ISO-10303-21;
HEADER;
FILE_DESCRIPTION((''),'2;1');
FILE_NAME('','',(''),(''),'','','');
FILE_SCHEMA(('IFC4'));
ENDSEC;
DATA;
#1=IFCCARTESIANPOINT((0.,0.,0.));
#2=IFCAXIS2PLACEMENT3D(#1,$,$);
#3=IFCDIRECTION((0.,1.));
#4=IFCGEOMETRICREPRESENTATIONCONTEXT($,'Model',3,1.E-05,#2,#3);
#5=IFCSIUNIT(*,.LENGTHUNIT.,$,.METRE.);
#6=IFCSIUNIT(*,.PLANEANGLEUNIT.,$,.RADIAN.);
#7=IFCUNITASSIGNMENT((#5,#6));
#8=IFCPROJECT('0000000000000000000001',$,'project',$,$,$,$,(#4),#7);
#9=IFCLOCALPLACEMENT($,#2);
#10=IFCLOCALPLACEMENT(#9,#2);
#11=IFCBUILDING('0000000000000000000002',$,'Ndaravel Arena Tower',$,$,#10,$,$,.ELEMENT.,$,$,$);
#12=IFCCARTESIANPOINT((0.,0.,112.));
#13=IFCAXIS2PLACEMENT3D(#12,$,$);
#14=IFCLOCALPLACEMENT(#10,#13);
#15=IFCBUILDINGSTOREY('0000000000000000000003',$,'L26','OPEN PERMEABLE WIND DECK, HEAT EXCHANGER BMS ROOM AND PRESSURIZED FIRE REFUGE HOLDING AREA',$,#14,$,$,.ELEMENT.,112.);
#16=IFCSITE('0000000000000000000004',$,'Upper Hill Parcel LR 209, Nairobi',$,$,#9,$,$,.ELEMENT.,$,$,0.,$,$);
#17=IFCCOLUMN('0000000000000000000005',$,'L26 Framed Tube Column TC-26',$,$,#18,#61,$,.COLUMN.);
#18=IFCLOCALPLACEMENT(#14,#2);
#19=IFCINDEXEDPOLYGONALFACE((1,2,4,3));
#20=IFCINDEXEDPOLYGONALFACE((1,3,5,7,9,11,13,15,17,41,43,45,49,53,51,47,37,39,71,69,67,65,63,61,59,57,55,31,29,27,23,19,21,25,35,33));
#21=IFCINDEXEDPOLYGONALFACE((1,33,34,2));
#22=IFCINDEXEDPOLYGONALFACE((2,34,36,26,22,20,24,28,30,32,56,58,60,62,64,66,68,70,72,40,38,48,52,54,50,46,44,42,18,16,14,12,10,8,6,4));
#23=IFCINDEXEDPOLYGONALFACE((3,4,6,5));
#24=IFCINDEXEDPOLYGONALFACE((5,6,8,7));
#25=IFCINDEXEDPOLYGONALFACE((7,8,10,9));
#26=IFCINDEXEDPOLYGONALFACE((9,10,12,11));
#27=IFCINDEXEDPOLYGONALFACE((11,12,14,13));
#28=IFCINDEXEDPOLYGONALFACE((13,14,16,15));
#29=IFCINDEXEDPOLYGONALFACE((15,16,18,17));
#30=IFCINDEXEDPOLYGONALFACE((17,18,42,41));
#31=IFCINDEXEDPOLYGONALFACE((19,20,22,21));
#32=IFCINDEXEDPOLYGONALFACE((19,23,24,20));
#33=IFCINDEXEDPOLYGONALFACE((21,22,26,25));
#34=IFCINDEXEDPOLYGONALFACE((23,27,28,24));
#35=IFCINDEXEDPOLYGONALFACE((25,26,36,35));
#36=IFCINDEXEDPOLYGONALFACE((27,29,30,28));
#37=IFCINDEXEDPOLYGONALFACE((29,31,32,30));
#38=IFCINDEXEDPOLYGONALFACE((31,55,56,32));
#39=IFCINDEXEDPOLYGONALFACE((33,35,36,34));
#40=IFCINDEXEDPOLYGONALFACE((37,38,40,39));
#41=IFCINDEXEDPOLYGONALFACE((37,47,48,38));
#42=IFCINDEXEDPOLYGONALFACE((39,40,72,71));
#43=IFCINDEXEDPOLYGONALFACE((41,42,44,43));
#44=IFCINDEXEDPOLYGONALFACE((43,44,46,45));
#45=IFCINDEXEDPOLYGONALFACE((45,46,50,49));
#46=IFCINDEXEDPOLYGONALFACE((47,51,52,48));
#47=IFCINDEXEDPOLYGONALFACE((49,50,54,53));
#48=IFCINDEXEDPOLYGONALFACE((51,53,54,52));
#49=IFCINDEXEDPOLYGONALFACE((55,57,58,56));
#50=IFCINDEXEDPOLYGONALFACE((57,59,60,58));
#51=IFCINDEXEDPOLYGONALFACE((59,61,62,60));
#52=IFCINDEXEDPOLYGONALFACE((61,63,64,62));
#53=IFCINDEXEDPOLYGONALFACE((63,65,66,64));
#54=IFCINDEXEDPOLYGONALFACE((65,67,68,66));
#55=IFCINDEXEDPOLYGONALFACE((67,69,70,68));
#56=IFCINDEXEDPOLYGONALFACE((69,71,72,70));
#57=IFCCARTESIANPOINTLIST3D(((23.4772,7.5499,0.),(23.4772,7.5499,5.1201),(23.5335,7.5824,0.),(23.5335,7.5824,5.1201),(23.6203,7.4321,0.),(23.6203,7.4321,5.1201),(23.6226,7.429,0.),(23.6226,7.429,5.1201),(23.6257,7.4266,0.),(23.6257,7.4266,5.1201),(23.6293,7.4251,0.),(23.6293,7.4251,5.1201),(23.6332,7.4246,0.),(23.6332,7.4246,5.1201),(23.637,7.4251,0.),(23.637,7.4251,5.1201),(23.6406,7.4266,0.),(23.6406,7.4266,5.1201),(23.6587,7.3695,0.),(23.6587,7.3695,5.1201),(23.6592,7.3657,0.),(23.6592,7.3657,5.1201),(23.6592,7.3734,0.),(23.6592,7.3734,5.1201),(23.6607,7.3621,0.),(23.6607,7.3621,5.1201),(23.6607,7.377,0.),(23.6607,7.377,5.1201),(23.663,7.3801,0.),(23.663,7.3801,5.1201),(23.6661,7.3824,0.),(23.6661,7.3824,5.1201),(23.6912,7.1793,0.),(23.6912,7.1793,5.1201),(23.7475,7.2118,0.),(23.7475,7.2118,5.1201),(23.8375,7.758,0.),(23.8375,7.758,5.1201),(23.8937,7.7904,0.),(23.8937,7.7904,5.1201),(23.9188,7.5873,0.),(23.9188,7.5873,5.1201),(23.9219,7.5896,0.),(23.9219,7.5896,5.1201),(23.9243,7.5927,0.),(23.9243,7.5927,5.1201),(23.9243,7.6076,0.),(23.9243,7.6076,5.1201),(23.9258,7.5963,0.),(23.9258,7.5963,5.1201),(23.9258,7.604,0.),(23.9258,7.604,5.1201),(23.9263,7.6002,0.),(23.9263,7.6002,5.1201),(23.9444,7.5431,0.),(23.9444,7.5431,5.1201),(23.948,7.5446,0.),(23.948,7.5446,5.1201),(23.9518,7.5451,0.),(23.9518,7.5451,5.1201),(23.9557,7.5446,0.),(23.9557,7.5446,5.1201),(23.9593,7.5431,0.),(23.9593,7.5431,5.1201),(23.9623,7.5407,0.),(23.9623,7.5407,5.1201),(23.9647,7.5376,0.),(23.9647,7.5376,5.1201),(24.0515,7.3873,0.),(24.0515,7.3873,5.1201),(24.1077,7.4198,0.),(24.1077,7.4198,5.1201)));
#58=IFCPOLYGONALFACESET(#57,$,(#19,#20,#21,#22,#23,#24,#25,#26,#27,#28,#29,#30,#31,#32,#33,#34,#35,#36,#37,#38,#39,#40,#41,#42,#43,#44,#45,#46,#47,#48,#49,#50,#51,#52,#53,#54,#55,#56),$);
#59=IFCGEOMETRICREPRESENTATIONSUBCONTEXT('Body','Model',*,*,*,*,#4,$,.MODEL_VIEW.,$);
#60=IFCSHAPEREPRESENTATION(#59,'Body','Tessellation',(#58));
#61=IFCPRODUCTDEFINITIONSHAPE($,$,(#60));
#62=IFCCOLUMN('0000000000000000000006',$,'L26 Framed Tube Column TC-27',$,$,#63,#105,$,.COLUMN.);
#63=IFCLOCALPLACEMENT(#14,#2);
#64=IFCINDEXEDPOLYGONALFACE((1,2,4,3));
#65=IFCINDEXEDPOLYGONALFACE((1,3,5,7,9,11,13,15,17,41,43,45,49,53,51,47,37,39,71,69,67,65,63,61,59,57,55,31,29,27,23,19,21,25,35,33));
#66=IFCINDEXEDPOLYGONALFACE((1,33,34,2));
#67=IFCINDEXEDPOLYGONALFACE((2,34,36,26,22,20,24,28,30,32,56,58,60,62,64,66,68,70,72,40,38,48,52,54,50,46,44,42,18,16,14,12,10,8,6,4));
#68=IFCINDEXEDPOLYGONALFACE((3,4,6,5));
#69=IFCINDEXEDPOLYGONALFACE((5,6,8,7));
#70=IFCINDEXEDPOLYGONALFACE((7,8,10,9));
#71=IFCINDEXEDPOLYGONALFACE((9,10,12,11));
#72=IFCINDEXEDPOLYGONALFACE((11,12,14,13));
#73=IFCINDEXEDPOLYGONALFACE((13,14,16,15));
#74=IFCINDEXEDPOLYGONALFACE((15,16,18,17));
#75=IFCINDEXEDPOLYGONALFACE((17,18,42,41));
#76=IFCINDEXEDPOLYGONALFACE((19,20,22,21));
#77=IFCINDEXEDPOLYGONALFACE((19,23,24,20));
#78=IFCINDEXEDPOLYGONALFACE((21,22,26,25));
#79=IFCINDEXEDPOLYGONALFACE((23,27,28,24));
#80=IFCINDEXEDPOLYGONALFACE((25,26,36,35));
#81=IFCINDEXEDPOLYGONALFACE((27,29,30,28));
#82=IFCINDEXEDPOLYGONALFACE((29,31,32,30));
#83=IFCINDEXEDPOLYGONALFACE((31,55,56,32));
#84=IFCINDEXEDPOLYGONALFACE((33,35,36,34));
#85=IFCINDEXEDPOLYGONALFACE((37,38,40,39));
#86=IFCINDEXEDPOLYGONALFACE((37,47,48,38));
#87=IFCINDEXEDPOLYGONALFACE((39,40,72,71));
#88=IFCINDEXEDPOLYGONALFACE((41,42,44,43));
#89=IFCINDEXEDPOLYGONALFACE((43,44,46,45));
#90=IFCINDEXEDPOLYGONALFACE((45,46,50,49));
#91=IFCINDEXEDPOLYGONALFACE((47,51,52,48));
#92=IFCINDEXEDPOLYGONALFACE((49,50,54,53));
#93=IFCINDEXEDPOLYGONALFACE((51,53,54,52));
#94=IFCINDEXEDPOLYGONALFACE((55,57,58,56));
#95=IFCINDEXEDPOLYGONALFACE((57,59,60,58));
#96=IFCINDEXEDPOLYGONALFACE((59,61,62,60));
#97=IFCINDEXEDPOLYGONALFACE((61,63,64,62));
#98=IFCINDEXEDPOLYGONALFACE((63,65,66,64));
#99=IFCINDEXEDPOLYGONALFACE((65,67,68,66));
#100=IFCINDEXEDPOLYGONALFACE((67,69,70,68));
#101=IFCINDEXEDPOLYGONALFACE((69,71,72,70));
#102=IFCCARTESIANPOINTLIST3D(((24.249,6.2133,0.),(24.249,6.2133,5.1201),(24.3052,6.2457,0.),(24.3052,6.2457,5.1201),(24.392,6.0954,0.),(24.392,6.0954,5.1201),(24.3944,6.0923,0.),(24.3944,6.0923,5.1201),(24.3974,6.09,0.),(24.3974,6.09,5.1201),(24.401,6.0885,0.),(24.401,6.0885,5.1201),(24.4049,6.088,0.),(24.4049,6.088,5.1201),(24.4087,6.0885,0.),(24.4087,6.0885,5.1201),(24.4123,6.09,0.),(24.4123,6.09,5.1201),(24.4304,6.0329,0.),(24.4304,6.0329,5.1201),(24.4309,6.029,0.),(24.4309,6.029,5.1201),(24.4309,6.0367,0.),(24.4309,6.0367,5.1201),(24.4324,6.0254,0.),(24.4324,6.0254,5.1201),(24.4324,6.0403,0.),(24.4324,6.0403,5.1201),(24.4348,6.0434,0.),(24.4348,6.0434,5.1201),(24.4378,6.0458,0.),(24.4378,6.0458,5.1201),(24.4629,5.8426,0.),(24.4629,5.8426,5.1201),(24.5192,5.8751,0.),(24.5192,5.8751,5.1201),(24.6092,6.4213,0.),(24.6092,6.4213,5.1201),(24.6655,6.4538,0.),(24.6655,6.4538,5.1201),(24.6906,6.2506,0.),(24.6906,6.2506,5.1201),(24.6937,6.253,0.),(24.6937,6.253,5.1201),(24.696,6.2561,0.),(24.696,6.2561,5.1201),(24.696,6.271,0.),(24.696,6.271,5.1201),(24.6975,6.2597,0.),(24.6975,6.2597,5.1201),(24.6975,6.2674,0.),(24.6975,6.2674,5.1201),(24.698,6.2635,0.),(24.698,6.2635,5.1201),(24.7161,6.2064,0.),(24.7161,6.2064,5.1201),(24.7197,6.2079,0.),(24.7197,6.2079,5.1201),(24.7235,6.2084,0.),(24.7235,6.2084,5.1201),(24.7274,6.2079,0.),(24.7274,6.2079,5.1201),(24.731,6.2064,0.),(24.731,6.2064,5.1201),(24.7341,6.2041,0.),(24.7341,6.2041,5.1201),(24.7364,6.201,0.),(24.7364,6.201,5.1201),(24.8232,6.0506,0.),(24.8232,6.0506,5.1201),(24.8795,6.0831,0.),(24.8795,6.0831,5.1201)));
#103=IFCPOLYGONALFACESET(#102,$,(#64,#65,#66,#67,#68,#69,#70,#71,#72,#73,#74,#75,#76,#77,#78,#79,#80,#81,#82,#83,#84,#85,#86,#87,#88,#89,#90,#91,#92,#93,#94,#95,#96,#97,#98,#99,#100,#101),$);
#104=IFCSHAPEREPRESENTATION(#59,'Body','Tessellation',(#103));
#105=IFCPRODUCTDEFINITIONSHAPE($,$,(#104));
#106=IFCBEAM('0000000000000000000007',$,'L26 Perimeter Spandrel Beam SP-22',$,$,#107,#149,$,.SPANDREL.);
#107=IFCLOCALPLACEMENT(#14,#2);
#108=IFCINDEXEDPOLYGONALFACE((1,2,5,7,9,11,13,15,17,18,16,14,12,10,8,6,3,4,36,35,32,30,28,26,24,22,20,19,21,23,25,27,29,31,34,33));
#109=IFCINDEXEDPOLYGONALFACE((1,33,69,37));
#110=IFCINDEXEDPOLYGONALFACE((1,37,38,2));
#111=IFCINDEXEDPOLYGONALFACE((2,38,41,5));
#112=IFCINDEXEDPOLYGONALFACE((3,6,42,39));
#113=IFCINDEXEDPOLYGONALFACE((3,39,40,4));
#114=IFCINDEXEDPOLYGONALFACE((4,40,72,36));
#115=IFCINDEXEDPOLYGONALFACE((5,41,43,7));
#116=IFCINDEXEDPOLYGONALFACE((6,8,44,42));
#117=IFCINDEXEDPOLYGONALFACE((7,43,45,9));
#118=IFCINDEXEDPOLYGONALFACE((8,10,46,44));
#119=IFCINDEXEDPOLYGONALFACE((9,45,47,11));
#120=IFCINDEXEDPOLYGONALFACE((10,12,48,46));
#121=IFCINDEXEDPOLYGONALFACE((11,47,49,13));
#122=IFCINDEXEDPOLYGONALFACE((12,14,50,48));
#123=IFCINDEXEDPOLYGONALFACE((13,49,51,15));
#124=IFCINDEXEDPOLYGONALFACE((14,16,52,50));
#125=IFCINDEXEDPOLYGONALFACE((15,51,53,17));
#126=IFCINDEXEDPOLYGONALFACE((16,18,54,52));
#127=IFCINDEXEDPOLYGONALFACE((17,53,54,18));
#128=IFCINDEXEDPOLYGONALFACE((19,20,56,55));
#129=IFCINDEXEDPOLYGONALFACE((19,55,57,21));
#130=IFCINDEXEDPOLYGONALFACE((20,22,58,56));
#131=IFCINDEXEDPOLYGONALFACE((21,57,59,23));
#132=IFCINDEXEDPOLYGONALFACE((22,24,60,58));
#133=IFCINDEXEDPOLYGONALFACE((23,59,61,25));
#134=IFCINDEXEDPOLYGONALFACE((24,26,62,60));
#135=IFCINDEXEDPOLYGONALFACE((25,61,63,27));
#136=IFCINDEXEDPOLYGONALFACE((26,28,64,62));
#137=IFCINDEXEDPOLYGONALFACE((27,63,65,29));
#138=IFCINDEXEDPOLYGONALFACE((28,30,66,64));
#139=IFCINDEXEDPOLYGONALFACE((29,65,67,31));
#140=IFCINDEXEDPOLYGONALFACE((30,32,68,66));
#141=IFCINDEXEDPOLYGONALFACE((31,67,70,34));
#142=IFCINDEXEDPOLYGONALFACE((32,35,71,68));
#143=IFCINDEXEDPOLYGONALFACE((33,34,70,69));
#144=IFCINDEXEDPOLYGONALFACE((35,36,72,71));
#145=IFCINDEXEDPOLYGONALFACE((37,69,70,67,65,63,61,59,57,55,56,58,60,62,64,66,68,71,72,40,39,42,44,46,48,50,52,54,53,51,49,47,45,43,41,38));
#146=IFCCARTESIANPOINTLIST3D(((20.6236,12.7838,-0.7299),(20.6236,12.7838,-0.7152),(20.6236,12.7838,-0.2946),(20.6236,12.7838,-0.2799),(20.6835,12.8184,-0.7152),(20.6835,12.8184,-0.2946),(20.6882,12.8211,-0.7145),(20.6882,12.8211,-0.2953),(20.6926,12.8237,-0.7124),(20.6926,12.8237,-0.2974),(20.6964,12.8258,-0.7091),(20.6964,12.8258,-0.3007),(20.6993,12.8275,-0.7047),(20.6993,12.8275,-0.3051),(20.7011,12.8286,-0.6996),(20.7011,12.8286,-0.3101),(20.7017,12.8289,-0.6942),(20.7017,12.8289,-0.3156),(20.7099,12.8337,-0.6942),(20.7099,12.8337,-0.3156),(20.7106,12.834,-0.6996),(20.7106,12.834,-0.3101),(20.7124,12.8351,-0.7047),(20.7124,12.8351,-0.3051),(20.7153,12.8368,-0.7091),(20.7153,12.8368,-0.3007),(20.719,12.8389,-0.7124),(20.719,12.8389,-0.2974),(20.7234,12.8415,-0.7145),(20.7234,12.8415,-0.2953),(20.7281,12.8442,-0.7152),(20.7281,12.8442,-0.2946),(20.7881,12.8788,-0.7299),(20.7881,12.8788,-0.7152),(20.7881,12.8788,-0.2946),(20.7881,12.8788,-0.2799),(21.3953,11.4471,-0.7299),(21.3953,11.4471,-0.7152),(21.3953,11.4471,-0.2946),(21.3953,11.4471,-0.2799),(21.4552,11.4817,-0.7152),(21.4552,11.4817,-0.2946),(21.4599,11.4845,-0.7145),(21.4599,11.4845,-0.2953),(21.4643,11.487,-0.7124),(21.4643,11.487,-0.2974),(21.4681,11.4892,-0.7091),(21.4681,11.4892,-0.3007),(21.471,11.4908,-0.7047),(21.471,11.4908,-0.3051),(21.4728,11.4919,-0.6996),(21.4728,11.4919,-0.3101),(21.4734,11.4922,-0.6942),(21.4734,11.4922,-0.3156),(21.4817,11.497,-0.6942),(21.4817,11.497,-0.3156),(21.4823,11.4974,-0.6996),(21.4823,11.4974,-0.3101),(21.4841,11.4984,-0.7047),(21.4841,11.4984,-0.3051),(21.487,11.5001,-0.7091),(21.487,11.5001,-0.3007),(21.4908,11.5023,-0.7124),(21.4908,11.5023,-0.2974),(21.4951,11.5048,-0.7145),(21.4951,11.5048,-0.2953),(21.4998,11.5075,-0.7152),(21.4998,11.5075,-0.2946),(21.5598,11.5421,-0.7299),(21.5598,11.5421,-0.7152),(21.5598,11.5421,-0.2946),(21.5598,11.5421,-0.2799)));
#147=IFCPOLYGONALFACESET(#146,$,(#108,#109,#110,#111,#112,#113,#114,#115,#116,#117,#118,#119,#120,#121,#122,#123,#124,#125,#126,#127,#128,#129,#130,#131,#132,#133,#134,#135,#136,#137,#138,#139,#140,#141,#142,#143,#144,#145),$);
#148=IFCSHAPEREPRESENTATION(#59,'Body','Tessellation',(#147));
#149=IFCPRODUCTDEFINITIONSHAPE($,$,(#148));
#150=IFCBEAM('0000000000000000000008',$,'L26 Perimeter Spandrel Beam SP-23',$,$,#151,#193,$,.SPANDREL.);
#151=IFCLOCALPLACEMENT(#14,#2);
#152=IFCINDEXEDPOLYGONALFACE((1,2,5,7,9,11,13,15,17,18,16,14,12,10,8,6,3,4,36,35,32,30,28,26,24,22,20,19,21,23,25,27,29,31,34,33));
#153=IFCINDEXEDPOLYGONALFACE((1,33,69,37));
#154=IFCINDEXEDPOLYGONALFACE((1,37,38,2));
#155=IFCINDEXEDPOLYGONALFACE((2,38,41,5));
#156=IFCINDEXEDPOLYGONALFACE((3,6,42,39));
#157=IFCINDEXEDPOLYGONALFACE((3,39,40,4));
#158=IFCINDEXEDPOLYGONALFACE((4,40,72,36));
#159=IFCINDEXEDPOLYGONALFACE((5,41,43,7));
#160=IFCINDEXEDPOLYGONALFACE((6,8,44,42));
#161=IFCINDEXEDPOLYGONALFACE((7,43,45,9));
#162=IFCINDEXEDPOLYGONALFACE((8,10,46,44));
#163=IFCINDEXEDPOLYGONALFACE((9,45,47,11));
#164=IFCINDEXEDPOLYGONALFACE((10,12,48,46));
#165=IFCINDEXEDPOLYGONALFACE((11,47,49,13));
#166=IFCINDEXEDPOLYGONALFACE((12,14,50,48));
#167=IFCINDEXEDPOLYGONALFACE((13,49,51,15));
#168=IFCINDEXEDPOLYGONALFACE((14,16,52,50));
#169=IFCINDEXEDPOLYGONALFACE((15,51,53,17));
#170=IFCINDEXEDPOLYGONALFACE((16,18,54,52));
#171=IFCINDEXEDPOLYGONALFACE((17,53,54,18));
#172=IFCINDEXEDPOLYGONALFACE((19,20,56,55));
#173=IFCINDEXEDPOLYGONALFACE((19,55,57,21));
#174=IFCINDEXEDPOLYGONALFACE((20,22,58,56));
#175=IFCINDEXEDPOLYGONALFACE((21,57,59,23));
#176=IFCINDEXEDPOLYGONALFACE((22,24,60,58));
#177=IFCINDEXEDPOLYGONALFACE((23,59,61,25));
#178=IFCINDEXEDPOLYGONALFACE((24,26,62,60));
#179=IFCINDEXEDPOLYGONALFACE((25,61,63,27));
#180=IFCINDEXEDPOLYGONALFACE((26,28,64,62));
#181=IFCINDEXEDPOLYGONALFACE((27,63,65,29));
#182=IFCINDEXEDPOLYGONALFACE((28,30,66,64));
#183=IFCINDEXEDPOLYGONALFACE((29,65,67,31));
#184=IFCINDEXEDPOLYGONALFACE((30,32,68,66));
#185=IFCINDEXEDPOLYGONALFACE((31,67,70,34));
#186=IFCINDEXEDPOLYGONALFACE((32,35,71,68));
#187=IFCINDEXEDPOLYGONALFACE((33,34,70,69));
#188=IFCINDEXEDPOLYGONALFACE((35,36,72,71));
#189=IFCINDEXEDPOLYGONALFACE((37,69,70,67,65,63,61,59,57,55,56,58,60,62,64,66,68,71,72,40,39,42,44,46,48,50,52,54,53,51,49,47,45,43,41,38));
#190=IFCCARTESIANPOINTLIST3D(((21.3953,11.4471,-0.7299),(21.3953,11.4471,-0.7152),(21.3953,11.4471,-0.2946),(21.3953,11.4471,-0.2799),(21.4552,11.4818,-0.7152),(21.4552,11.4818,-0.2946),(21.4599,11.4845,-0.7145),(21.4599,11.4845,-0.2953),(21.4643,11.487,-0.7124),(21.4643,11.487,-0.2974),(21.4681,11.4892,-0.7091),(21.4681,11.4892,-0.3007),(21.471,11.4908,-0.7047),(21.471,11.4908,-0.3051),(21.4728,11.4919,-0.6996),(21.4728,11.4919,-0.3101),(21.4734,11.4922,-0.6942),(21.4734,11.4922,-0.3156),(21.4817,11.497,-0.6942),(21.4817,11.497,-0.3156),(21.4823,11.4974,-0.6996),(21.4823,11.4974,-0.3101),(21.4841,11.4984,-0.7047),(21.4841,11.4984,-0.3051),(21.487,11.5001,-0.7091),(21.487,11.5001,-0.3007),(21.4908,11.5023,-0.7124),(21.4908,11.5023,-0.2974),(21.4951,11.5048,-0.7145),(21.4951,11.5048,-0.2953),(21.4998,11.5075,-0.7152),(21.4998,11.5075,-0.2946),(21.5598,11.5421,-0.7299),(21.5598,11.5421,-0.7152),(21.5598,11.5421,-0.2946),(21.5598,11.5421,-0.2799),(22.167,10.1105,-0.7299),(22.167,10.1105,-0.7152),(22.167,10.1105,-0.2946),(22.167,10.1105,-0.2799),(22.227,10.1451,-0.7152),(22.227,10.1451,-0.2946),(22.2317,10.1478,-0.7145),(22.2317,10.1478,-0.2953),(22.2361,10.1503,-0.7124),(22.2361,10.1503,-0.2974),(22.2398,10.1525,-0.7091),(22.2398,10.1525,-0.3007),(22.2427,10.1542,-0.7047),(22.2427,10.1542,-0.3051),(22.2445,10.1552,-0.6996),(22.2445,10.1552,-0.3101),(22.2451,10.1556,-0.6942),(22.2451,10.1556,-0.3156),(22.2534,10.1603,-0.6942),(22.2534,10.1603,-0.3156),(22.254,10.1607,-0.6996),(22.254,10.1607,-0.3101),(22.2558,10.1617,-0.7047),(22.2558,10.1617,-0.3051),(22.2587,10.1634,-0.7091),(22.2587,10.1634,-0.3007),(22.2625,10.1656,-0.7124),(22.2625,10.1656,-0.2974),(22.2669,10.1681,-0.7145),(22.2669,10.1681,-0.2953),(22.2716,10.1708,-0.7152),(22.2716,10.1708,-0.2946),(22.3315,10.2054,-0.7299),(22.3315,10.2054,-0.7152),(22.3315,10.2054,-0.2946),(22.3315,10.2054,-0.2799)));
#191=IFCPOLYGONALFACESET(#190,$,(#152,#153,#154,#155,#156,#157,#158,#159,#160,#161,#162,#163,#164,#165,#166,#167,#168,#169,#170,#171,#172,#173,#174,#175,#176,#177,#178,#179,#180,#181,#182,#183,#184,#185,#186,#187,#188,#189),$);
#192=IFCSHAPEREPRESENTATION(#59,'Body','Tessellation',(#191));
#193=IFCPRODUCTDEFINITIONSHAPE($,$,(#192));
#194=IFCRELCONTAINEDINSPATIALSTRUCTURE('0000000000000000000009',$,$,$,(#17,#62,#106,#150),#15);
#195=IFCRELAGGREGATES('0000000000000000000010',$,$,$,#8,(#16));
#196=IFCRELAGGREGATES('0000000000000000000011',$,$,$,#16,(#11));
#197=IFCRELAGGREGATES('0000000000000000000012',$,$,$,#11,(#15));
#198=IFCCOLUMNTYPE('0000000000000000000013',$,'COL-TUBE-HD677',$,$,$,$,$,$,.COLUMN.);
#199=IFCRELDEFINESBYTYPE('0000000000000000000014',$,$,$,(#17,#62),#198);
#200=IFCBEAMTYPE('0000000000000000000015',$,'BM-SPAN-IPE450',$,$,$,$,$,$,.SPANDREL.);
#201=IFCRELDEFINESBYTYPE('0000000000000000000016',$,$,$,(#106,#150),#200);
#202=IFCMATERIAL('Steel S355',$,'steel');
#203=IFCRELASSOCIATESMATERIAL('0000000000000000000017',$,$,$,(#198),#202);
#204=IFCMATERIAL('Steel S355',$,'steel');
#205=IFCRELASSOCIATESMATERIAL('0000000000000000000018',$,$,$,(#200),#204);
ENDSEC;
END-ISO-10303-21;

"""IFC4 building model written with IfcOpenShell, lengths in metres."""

from ifc_helpers import new_model, si_unit, direction, frame, origin, origin_2d, place, context, subcontext, project, spatial, i_section, extrude, material, material_profile, profile_set, type_object, element, save


model = new_model("IFC4")

# Units and contexts
model_context = context("Model", 3, precision=1e-05, world=origin(), true_north=direction((0.0, 1.0)))
body_context = subcontext(model_context, "Body", "Model", "MODEL_VIEW")
ifc_project = project(units=[si_unit("LENGTHUNIT", "METRE"), si_unit("PLANEANGLEUNIT", "RADIAN")], contexts=[model_context])

# Site, building, storey
site_placement = place(None, origin())
site = spatial("IfcSite", under=ifc_project, at=site_placement, Name="Upper Hill Parcel LR 209, Nairobi", CompositionType="ELEMENT", RefElevation=0.0)
building_placement = place(site_placement, origin())
building = spatial("IfcBuilding", under=site, at=building_placement, Name="Ndaravel Arena Tower", CompositionType="ELEMENT")
storey_placement = place(building_placement, frame((0.0, 0.0, 112.0)))
storey = spatial("IfcBuildingStorey", under=building, at=storey_placement, Name="L26", Description="OPEN PERMEABLE WIND DECK, HEAT EXCHANGER BMS ROOM AND PRESSURIZED FIRE REFUGE HOLDING AREA", CompositionType="ELEMENT", Elevation=112.0)

# Columns
ifc_material_1 = material(Name="Steel S355", Category="steel")
ifc_material_profile_1 = material_profile(ifc_material_1, i_section(OverallWidth=0.428, OverallDepth=0.481, WebThickness=0.051, FlangeThickness=0.0649, FilletRadius=0.0149, at=origin_2d()), Name="HD 400x677")
ifc_profile_set_1 = profile_set([ifc_material_profile_1], Name="Steel S355")
column_type = type_object("IfcColumnType", Name="COL-TUBE-HD677", PredefinedType="COLUMN", material=ifc_profile_set_1)
for number, where, z_axis, x_axis, name in (
    (1, (23.7925, 7.4849, 0.0), (0.0, 0.0, 1.0), (-0.5, 0.866025, 0.0), "L26 Framed Tube Column TC-26"),
    (2, (24.5642, 6.1482, 0.0), (0.0, 0.0, 1.0), (-0.5, 0.866025, 0.0), "L26 Framed Tube Column TC-27"),
):
    element("IfcColumn", number, at=place(storey_placement, frame(where, z_axis=z_axis, x_axis=x_axis)), inside=storey, type_object=column_type, Name=name, PredefinedType="COLUMN", context=body_context, shape_type="SweptSolid", body=[
        extrude(i_section(OverallWidth=0.428, OverallDepth=0.481, WebThickness=0.051, FlangeThickness=0.0649, FilletRadius=0.0149, at=origin_2d()), origin(), (0.0, 0.0, 1.0), 5.1201),
    ])

# Beams
ifc_material_2 = material(Name="Steel S355", Category="steel")
ifc_material_profile_2 = material_profile(ifc_material_2, i_section(OverallWidth=0.1899, OverallDepth=0.45, WebThickness=0.0095, FlangeThickness=0.0146, FilletRadius=0.021, at=origin_2d()), Name="IPE 450")
ifc_profile_set_2 = profile_set([ifc_material_profile_2], Name="Steel S355")
beam_type = type_object("IfcBeamType", Name="BM-SPAN-IPE450", PredefinedType="SPANDREL", material=ifc_profile_set_2)
for number, where, z_axis, x_axis, name in (
    (3, (20.7058, 12.8313, -0.5049), (0.500001, -0.866025, 0.0), (0.866025, 0.500001, 0.0), "L26 Perimeter Spandrel Beam SP-22"),
    (4, (21.4775, 11.4946, -0.5049), (0.500001, -0.866025, 0.0), (0.866025, 0.500001, 0.0), "L26 Perimeter Spandrel Beam SP-23"),
):
    element("IfcBeam", number, at=place(storey_placement, frame(where, z_axis=z_axis, x_axis=x_axis)), inside=storey, type_object=beam_type, Name=name, PredefinedType="SPANDREL", context=body_context, shape_type="SweptSolid", body=[
        extrude(i_section(OverallWidth=0.1899, OverallDepth=0.45, WebThickness=0.0095, FlangeThickness=0.0146, FilletRadius=0.021, at=origin_2d()), origin(), (0.0, 0.0, 1.0), 1.5435),
    ])

save(model, "model.ifc")
